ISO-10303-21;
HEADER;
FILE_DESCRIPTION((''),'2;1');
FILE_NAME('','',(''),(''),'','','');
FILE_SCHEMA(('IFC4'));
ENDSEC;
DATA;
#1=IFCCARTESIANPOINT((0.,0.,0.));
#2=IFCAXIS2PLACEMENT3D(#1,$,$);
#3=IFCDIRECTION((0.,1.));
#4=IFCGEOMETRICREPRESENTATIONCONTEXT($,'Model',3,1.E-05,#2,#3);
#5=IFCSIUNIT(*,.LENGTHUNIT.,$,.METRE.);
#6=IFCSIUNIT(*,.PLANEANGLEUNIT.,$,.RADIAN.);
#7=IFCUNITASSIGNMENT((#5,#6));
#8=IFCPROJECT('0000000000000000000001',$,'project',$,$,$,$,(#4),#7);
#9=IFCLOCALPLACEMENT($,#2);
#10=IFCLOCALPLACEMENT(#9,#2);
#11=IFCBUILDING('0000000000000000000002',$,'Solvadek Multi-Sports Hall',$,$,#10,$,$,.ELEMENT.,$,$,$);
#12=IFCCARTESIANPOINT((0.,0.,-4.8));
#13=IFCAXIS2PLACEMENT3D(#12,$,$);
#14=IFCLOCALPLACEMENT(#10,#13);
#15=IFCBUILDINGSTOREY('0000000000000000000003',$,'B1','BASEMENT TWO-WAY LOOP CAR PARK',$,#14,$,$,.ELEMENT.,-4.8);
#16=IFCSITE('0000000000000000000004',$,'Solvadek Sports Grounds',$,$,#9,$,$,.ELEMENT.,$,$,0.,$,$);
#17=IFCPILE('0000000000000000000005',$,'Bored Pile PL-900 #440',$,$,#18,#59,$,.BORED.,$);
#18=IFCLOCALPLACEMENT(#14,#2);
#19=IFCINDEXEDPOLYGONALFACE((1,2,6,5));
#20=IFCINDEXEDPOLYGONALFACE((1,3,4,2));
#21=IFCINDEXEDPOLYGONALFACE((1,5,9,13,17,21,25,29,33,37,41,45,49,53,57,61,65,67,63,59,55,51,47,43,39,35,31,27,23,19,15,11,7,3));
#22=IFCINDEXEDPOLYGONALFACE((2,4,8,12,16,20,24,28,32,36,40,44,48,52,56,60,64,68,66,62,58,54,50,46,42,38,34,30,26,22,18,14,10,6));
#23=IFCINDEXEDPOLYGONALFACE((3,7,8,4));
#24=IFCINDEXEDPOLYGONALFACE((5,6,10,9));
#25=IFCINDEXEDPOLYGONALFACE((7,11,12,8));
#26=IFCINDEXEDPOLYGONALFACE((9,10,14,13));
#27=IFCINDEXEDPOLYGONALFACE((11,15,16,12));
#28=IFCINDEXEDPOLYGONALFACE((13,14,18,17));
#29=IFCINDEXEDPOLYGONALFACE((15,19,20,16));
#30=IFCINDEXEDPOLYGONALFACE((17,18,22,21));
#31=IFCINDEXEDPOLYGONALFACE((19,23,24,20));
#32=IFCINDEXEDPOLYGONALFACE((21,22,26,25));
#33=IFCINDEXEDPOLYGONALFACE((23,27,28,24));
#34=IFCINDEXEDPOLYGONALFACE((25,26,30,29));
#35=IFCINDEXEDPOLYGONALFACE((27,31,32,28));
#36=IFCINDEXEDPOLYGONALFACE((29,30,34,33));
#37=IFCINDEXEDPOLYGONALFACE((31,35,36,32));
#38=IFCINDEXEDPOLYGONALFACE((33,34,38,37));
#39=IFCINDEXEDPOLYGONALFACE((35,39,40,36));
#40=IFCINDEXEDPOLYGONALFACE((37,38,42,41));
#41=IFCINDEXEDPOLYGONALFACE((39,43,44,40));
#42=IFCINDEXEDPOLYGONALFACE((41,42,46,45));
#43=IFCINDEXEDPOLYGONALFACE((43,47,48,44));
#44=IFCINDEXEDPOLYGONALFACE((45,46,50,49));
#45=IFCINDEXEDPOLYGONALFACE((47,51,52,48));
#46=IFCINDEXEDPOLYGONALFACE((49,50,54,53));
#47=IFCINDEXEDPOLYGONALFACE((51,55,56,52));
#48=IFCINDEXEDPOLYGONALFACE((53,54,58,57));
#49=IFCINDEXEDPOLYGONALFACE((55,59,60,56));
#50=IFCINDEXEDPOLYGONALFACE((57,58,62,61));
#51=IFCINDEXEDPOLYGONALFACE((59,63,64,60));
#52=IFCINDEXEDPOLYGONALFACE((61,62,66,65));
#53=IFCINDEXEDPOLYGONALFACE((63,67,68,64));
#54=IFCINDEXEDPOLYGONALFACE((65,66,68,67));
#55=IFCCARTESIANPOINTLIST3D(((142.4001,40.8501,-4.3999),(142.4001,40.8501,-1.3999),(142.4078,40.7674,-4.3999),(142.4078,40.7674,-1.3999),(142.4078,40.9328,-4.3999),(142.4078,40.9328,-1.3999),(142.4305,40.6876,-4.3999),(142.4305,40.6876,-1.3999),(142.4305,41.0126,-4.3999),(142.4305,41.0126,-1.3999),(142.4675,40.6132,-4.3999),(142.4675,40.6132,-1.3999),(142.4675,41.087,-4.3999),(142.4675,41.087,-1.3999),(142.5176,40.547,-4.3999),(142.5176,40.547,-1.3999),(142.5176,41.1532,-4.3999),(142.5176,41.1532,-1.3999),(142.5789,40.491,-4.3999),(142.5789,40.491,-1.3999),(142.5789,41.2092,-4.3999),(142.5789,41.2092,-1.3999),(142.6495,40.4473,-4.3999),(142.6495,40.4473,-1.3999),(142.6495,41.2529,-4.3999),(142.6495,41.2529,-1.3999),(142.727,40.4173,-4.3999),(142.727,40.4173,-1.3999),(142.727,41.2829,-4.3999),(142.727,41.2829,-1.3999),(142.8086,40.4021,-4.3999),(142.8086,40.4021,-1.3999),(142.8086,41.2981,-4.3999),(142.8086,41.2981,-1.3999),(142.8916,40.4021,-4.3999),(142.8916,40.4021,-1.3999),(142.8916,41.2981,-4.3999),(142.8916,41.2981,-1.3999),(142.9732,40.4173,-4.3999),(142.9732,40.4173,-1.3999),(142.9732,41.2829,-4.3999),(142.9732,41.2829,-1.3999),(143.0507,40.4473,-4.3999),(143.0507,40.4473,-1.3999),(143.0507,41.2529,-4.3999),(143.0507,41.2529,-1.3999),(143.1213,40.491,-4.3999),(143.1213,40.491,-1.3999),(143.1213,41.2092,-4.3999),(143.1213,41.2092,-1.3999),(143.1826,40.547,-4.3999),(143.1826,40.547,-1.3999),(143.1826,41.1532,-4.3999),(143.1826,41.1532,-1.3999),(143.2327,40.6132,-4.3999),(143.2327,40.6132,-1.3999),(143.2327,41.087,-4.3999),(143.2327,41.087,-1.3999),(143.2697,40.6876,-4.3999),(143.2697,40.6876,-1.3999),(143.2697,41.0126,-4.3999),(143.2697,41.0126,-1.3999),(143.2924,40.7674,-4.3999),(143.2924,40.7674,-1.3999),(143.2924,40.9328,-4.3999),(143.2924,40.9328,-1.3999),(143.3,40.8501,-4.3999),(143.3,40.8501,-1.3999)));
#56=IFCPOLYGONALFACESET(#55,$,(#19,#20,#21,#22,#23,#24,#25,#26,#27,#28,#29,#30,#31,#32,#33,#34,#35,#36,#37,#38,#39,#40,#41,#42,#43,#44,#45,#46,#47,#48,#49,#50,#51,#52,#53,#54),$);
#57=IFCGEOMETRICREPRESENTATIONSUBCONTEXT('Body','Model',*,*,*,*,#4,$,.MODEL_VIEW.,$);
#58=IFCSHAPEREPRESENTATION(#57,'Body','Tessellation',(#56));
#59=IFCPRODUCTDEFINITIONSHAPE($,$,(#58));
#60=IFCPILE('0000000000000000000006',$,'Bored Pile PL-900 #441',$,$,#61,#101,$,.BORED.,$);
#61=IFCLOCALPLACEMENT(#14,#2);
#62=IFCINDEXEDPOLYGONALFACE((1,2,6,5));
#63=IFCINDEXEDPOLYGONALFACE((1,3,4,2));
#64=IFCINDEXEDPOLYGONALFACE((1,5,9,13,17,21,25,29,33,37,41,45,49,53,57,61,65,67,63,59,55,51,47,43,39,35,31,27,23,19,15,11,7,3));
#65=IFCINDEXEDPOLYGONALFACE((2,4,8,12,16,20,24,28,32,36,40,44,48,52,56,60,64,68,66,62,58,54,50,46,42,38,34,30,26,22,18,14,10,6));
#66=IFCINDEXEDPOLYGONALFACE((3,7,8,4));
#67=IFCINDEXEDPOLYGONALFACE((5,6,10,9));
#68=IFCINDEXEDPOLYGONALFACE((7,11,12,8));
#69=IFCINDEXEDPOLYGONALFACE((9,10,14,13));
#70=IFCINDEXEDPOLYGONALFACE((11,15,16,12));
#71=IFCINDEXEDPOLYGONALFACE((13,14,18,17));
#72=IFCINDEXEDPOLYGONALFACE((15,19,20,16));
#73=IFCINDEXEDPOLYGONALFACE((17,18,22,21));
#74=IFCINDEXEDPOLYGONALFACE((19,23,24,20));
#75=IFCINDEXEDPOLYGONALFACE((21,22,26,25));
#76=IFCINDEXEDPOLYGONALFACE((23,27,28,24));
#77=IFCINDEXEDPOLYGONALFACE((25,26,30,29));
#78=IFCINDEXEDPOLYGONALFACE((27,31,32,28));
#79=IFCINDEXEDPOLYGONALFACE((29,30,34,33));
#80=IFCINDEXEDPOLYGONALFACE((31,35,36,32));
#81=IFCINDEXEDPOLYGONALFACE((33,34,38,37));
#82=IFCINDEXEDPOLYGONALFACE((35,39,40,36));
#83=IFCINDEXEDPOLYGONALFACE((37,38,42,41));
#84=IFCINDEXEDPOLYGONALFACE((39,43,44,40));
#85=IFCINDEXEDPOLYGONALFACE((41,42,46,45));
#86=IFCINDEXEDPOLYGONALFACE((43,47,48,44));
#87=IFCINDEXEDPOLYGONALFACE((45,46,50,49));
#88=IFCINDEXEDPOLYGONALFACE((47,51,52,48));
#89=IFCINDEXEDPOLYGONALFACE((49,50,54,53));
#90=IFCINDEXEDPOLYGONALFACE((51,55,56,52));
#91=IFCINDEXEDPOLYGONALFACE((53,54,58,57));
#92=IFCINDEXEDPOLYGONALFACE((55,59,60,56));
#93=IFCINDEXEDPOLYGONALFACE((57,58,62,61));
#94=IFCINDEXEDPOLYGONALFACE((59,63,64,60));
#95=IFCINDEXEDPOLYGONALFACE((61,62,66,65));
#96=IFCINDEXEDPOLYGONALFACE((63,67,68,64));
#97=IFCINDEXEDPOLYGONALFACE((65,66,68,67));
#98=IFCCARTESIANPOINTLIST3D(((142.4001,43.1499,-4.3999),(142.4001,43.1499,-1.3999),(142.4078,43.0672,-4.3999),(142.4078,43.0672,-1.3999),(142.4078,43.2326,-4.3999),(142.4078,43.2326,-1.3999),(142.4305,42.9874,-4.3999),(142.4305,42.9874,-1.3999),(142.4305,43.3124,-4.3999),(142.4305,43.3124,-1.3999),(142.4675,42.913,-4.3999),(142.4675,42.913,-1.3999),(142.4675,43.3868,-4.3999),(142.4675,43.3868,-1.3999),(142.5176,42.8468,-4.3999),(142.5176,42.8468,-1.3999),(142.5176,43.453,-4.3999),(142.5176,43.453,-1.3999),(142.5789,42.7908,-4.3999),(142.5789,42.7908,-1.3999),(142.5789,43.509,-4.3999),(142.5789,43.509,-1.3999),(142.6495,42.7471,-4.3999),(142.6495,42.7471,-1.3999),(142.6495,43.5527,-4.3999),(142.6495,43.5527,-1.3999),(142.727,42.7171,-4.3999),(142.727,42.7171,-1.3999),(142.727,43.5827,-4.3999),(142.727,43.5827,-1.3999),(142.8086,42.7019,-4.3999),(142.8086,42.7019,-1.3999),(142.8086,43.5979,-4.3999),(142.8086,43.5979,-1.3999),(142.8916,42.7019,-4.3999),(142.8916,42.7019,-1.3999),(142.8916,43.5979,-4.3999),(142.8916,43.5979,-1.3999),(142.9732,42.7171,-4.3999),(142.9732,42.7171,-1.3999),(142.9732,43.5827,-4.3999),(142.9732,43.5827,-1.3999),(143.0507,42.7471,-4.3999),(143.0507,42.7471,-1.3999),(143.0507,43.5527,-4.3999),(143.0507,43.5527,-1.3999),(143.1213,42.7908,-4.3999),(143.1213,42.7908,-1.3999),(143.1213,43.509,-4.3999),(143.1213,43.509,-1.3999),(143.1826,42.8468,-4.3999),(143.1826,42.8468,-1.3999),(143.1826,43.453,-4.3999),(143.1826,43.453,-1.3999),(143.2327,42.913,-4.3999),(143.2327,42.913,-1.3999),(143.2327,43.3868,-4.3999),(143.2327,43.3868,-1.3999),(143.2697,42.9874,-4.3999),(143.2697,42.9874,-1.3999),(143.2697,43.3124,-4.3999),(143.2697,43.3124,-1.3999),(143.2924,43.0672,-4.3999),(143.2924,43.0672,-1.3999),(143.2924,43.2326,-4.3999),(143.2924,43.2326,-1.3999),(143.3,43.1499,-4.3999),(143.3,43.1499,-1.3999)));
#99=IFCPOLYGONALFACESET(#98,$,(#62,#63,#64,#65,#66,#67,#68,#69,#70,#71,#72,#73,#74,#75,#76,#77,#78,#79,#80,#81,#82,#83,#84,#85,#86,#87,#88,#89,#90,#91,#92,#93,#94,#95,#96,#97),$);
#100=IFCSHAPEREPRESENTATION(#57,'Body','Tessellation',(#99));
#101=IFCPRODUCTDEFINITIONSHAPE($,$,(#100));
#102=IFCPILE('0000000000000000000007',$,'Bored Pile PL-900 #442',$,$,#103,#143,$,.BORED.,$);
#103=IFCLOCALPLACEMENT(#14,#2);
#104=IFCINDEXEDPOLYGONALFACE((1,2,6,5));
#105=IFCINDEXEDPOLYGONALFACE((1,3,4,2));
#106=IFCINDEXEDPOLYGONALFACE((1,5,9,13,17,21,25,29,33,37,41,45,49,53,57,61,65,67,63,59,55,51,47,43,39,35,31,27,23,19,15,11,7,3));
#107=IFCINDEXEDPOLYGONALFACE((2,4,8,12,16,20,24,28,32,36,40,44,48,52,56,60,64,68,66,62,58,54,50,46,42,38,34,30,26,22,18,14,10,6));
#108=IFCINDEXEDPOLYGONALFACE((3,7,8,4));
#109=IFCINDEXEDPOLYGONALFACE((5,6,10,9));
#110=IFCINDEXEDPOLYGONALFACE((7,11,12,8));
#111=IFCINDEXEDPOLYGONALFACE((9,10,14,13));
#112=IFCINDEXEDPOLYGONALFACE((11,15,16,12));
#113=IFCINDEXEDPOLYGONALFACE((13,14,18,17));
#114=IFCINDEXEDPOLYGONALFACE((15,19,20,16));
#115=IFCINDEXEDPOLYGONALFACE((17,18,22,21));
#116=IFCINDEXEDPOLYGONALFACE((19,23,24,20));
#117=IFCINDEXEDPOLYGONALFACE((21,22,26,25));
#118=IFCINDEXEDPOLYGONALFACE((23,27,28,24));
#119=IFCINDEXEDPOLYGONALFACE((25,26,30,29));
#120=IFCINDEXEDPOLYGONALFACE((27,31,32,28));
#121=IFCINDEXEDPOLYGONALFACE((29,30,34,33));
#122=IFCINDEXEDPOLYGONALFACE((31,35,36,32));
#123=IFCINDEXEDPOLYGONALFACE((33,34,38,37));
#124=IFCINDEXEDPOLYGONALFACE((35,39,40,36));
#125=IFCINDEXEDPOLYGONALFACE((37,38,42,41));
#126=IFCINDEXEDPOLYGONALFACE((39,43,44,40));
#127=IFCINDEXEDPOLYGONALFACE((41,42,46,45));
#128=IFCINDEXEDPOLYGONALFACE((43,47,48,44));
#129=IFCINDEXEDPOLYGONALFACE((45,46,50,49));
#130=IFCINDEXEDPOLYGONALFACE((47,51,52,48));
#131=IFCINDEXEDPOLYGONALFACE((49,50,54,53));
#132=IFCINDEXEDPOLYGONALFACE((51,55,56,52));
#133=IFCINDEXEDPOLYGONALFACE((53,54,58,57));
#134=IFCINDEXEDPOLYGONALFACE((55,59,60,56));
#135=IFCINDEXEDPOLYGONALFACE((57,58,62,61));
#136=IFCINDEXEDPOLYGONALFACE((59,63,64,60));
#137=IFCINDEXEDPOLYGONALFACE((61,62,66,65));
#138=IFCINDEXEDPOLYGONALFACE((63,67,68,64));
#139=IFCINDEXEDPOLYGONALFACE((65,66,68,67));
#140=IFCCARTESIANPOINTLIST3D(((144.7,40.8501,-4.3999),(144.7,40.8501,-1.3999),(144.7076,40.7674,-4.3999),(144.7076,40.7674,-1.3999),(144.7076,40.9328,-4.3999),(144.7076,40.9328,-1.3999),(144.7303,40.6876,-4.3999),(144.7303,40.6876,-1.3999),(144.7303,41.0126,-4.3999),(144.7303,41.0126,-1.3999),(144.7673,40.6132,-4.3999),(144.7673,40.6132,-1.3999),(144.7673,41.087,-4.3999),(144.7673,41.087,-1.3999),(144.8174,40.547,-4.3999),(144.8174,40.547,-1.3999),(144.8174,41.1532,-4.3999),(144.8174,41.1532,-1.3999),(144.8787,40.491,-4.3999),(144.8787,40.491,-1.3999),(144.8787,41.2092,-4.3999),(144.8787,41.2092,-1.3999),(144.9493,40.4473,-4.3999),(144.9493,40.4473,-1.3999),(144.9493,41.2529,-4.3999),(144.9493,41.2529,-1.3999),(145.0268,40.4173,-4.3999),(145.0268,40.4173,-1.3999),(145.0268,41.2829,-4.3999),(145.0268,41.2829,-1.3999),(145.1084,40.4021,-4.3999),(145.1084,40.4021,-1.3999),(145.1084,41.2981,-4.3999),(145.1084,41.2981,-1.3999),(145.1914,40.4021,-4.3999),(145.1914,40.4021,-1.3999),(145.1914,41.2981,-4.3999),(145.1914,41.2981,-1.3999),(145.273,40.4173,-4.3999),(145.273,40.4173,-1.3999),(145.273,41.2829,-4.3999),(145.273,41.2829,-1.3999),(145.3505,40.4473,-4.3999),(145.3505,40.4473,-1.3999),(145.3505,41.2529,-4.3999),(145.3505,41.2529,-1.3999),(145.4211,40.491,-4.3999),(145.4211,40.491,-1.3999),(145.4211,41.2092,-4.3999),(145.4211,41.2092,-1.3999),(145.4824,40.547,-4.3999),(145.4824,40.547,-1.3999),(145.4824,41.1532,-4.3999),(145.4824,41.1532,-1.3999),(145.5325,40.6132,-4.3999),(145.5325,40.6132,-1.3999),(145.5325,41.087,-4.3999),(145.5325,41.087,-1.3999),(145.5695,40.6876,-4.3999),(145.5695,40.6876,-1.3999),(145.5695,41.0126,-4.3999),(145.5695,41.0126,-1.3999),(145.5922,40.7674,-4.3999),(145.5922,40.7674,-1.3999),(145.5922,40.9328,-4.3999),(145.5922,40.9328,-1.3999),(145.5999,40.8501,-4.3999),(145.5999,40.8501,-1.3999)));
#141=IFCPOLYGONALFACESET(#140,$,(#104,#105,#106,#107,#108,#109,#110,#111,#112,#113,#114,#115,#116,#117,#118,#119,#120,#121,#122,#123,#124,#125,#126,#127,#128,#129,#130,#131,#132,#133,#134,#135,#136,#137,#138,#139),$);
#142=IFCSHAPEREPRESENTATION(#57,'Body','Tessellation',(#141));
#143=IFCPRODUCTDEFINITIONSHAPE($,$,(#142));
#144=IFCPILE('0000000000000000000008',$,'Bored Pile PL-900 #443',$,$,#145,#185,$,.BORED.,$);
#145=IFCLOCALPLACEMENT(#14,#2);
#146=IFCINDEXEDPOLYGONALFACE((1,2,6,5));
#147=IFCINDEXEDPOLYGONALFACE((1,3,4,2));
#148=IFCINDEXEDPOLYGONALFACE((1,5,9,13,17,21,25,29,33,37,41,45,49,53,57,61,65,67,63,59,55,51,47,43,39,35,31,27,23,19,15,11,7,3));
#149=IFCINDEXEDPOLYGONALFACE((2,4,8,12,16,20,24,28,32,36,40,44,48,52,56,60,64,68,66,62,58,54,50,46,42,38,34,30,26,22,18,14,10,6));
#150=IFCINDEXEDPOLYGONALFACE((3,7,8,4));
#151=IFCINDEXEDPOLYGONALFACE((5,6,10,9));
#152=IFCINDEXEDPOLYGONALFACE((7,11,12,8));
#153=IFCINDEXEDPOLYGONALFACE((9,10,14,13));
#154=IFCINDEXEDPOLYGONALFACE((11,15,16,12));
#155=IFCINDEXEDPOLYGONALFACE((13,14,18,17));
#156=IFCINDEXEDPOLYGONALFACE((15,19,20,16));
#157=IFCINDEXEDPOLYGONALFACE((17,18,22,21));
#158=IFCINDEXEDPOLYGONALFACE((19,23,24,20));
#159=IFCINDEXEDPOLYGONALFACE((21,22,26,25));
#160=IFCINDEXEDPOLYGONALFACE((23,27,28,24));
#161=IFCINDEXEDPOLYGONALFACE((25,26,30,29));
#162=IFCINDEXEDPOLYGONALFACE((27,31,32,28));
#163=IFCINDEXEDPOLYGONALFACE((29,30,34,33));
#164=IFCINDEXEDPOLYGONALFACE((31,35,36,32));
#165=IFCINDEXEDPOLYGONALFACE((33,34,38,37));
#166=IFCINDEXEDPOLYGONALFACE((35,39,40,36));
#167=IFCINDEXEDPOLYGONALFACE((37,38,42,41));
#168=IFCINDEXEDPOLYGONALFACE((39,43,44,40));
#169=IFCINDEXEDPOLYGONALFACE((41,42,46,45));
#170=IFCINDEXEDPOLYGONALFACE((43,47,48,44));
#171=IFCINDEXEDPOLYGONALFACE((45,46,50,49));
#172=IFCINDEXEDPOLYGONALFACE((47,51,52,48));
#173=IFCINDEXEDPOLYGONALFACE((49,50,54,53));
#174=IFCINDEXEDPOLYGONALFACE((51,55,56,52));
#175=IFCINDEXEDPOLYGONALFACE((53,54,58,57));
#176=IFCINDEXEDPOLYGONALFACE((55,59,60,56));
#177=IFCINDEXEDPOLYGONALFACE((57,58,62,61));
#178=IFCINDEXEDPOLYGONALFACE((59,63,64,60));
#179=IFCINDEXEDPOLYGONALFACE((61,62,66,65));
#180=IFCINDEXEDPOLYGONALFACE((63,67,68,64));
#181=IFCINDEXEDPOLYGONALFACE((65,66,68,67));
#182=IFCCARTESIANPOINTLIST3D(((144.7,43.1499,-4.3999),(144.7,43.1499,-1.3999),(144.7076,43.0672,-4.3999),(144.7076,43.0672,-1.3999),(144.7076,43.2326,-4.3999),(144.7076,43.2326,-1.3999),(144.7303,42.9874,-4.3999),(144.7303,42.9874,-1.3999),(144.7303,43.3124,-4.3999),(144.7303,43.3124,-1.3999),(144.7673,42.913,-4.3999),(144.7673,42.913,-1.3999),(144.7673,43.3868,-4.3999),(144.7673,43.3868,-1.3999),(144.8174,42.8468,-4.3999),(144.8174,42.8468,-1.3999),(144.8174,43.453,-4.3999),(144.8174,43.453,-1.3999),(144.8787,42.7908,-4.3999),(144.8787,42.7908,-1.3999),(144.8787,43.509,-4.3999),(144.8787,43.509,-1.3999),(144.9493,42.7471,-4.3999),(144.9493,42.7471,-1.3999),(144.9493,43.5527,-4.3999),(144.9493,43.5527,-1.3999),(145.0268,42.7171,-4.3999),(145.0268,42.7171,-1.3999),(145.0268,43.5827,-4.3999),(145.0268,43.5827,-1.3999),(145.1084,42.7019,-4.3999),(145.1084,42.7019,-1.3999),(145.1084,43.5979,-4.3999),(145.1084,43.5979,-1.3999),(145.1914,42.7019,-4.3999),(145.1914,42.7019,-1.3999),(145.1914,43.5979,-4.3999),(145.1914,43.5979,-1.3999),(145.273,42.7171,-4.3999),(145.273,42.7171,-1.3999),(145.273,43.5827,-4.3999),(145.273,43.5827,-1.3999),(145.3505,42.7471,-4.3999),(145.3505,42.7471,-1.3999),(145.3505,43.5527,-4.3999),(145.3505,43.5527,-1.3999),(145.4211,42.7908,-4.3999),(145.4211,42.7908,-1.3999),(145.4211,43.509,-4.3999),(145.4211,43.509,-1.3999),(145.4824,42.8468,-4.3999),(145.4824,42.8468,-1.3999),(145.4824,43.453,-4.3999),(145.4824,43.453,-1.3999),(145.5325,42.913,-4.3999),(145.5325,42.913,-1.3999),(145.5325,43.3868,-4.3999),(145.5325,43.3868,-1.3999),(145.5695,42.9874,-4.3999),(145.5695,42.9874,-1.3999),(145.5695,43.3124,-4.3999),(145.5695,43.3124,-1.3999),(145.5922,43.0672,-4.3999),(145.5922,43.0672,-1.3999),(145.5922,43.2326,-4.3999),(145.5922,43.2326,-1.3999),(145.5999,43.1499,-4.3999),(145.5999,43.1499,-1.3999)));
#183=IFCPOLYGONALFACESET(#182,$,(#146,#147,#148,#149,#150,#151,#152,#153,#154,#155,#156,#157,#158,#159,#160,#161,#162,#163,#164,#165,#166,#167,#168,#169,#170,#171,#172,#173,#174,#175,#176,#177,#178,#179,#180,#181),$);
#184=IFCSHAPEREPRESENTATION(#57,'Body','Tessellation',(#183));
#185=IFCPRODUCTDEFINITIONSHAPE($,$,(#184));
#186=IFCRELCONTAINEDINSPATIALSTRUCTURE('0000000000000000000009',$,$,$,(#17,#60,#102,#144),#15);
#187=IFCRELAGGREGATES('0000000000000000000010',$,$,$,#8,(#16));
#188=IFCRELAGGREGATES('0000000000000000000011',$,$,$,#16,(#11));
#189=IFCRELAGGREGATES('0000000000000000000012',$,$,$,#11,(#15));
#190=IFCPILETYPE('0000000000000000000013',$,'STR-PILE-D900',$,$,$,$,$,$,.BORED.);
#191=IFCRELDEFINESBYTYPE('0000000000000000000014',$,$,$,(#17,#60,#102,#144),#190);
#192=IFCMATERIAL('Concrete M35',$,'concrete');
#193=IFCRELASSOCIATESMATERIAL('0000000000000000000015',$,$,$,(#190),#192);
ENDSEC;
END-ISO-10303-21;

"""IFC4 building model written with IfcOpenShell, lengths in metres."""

from ifc_helpers import new_model, si_unit, direction, frame, origin, origin_2d, place, context, subcontext, project, spatial, circle, extrude, material, material_profile, profile_set, type_object, element, save


model = new_model("IFC4")

# Units and contexts
model_context = context("Model", 3, precision=1e-05, world=origin(), true_north=direction((0.0, 1.0)))
body_context = subcontext(model_context, "Body", "Model", "MODEL_VIEW")
ifc_project = project(units=[si_unit("LENGTHUNIT", "METRE"), si_unit("PLANEANGLEUNIT", "RADIAN")], contexts=[model_context])

# Site, building, storey
site_placement = place(None, origin())
site = spatial("IfcSite", under=ifc_project, at=site_placement, Name="Solvadek Sports Grounds", CompositionType="ELEMENT", RefElevation=0.0)
building_placement = place(site_placement, origin())
building = spatial("IfcBuilding", under=site, at=building_placement, Name="Solvadek Multi-Sports Hall", CompositionType="ELEMENT")
storey_placement = place(building_placement, frame((0.0, 0.0, -4.8)))
storey = spatial("IfcBuildingStorey", under=building, at=storey_placement, Name="B1", Description="BASEMENT TWO-WAY LOOP CAR PARK", CompositionType="ELEMENT", Elevation=-4.8)

# Piles
ifc_material_1 = material(Name="Concrete M35", Category="concrete")
ifc_material_profile_1 = material_profile(ifc_material_1, circle(Radius=0.45, at=origin_2d()), Name="BORED PILE D900")
ifc_profile_set_1 = profile_set([ifc_material_profile_1], Name="Concrete M35")
pile_type_1 = type_object("IfcPileType", Name="STR-PILE-D900", PredefinedType="BORED", material=ifc_profile_set_1)
for number, where, z_axis, x_axis, name in (
    (1, (142.8501, 40.8501, -1.3999), (0.0, 0.0, -1.0), (1.0, 0.0, 0.0), "Bored Pile PL-900 #440"),
    (2, (142.8501, 43.1499, -1.3999), (0.0, 0.0, -1.0), (1.0, 0.0, 0.0), "Bored Pile PL-900 #441"),
    (3, (145.1499, 40.8501, -1.3999), (0.0, 0.0, -1.0), (1.0, 0.0, 0.0), "Bored Pile PL-900 #442"),
    (4, (145.1499, 43.1499, -1.3999), (0.0, 0.0, -1.0), (1.0, 0.0, 0.0), "Bored Pile PL-900 #443"),
):
    element("IfcPile", number, at=place(storey_placement, frame(where, z_axis=z_axis, x_axis=x_axis)), inside=storey, type_object=pile_type_1, Name=name, PredefinedType="BORED", context=body_context, shape_type="SweptSolid", body=[
        extrude(circle(Radius=0.45, at=origin_2d()), origin(), (0.0, 0.0, 1.0), 3.0),
    ])

save(model, "model.ifc")
